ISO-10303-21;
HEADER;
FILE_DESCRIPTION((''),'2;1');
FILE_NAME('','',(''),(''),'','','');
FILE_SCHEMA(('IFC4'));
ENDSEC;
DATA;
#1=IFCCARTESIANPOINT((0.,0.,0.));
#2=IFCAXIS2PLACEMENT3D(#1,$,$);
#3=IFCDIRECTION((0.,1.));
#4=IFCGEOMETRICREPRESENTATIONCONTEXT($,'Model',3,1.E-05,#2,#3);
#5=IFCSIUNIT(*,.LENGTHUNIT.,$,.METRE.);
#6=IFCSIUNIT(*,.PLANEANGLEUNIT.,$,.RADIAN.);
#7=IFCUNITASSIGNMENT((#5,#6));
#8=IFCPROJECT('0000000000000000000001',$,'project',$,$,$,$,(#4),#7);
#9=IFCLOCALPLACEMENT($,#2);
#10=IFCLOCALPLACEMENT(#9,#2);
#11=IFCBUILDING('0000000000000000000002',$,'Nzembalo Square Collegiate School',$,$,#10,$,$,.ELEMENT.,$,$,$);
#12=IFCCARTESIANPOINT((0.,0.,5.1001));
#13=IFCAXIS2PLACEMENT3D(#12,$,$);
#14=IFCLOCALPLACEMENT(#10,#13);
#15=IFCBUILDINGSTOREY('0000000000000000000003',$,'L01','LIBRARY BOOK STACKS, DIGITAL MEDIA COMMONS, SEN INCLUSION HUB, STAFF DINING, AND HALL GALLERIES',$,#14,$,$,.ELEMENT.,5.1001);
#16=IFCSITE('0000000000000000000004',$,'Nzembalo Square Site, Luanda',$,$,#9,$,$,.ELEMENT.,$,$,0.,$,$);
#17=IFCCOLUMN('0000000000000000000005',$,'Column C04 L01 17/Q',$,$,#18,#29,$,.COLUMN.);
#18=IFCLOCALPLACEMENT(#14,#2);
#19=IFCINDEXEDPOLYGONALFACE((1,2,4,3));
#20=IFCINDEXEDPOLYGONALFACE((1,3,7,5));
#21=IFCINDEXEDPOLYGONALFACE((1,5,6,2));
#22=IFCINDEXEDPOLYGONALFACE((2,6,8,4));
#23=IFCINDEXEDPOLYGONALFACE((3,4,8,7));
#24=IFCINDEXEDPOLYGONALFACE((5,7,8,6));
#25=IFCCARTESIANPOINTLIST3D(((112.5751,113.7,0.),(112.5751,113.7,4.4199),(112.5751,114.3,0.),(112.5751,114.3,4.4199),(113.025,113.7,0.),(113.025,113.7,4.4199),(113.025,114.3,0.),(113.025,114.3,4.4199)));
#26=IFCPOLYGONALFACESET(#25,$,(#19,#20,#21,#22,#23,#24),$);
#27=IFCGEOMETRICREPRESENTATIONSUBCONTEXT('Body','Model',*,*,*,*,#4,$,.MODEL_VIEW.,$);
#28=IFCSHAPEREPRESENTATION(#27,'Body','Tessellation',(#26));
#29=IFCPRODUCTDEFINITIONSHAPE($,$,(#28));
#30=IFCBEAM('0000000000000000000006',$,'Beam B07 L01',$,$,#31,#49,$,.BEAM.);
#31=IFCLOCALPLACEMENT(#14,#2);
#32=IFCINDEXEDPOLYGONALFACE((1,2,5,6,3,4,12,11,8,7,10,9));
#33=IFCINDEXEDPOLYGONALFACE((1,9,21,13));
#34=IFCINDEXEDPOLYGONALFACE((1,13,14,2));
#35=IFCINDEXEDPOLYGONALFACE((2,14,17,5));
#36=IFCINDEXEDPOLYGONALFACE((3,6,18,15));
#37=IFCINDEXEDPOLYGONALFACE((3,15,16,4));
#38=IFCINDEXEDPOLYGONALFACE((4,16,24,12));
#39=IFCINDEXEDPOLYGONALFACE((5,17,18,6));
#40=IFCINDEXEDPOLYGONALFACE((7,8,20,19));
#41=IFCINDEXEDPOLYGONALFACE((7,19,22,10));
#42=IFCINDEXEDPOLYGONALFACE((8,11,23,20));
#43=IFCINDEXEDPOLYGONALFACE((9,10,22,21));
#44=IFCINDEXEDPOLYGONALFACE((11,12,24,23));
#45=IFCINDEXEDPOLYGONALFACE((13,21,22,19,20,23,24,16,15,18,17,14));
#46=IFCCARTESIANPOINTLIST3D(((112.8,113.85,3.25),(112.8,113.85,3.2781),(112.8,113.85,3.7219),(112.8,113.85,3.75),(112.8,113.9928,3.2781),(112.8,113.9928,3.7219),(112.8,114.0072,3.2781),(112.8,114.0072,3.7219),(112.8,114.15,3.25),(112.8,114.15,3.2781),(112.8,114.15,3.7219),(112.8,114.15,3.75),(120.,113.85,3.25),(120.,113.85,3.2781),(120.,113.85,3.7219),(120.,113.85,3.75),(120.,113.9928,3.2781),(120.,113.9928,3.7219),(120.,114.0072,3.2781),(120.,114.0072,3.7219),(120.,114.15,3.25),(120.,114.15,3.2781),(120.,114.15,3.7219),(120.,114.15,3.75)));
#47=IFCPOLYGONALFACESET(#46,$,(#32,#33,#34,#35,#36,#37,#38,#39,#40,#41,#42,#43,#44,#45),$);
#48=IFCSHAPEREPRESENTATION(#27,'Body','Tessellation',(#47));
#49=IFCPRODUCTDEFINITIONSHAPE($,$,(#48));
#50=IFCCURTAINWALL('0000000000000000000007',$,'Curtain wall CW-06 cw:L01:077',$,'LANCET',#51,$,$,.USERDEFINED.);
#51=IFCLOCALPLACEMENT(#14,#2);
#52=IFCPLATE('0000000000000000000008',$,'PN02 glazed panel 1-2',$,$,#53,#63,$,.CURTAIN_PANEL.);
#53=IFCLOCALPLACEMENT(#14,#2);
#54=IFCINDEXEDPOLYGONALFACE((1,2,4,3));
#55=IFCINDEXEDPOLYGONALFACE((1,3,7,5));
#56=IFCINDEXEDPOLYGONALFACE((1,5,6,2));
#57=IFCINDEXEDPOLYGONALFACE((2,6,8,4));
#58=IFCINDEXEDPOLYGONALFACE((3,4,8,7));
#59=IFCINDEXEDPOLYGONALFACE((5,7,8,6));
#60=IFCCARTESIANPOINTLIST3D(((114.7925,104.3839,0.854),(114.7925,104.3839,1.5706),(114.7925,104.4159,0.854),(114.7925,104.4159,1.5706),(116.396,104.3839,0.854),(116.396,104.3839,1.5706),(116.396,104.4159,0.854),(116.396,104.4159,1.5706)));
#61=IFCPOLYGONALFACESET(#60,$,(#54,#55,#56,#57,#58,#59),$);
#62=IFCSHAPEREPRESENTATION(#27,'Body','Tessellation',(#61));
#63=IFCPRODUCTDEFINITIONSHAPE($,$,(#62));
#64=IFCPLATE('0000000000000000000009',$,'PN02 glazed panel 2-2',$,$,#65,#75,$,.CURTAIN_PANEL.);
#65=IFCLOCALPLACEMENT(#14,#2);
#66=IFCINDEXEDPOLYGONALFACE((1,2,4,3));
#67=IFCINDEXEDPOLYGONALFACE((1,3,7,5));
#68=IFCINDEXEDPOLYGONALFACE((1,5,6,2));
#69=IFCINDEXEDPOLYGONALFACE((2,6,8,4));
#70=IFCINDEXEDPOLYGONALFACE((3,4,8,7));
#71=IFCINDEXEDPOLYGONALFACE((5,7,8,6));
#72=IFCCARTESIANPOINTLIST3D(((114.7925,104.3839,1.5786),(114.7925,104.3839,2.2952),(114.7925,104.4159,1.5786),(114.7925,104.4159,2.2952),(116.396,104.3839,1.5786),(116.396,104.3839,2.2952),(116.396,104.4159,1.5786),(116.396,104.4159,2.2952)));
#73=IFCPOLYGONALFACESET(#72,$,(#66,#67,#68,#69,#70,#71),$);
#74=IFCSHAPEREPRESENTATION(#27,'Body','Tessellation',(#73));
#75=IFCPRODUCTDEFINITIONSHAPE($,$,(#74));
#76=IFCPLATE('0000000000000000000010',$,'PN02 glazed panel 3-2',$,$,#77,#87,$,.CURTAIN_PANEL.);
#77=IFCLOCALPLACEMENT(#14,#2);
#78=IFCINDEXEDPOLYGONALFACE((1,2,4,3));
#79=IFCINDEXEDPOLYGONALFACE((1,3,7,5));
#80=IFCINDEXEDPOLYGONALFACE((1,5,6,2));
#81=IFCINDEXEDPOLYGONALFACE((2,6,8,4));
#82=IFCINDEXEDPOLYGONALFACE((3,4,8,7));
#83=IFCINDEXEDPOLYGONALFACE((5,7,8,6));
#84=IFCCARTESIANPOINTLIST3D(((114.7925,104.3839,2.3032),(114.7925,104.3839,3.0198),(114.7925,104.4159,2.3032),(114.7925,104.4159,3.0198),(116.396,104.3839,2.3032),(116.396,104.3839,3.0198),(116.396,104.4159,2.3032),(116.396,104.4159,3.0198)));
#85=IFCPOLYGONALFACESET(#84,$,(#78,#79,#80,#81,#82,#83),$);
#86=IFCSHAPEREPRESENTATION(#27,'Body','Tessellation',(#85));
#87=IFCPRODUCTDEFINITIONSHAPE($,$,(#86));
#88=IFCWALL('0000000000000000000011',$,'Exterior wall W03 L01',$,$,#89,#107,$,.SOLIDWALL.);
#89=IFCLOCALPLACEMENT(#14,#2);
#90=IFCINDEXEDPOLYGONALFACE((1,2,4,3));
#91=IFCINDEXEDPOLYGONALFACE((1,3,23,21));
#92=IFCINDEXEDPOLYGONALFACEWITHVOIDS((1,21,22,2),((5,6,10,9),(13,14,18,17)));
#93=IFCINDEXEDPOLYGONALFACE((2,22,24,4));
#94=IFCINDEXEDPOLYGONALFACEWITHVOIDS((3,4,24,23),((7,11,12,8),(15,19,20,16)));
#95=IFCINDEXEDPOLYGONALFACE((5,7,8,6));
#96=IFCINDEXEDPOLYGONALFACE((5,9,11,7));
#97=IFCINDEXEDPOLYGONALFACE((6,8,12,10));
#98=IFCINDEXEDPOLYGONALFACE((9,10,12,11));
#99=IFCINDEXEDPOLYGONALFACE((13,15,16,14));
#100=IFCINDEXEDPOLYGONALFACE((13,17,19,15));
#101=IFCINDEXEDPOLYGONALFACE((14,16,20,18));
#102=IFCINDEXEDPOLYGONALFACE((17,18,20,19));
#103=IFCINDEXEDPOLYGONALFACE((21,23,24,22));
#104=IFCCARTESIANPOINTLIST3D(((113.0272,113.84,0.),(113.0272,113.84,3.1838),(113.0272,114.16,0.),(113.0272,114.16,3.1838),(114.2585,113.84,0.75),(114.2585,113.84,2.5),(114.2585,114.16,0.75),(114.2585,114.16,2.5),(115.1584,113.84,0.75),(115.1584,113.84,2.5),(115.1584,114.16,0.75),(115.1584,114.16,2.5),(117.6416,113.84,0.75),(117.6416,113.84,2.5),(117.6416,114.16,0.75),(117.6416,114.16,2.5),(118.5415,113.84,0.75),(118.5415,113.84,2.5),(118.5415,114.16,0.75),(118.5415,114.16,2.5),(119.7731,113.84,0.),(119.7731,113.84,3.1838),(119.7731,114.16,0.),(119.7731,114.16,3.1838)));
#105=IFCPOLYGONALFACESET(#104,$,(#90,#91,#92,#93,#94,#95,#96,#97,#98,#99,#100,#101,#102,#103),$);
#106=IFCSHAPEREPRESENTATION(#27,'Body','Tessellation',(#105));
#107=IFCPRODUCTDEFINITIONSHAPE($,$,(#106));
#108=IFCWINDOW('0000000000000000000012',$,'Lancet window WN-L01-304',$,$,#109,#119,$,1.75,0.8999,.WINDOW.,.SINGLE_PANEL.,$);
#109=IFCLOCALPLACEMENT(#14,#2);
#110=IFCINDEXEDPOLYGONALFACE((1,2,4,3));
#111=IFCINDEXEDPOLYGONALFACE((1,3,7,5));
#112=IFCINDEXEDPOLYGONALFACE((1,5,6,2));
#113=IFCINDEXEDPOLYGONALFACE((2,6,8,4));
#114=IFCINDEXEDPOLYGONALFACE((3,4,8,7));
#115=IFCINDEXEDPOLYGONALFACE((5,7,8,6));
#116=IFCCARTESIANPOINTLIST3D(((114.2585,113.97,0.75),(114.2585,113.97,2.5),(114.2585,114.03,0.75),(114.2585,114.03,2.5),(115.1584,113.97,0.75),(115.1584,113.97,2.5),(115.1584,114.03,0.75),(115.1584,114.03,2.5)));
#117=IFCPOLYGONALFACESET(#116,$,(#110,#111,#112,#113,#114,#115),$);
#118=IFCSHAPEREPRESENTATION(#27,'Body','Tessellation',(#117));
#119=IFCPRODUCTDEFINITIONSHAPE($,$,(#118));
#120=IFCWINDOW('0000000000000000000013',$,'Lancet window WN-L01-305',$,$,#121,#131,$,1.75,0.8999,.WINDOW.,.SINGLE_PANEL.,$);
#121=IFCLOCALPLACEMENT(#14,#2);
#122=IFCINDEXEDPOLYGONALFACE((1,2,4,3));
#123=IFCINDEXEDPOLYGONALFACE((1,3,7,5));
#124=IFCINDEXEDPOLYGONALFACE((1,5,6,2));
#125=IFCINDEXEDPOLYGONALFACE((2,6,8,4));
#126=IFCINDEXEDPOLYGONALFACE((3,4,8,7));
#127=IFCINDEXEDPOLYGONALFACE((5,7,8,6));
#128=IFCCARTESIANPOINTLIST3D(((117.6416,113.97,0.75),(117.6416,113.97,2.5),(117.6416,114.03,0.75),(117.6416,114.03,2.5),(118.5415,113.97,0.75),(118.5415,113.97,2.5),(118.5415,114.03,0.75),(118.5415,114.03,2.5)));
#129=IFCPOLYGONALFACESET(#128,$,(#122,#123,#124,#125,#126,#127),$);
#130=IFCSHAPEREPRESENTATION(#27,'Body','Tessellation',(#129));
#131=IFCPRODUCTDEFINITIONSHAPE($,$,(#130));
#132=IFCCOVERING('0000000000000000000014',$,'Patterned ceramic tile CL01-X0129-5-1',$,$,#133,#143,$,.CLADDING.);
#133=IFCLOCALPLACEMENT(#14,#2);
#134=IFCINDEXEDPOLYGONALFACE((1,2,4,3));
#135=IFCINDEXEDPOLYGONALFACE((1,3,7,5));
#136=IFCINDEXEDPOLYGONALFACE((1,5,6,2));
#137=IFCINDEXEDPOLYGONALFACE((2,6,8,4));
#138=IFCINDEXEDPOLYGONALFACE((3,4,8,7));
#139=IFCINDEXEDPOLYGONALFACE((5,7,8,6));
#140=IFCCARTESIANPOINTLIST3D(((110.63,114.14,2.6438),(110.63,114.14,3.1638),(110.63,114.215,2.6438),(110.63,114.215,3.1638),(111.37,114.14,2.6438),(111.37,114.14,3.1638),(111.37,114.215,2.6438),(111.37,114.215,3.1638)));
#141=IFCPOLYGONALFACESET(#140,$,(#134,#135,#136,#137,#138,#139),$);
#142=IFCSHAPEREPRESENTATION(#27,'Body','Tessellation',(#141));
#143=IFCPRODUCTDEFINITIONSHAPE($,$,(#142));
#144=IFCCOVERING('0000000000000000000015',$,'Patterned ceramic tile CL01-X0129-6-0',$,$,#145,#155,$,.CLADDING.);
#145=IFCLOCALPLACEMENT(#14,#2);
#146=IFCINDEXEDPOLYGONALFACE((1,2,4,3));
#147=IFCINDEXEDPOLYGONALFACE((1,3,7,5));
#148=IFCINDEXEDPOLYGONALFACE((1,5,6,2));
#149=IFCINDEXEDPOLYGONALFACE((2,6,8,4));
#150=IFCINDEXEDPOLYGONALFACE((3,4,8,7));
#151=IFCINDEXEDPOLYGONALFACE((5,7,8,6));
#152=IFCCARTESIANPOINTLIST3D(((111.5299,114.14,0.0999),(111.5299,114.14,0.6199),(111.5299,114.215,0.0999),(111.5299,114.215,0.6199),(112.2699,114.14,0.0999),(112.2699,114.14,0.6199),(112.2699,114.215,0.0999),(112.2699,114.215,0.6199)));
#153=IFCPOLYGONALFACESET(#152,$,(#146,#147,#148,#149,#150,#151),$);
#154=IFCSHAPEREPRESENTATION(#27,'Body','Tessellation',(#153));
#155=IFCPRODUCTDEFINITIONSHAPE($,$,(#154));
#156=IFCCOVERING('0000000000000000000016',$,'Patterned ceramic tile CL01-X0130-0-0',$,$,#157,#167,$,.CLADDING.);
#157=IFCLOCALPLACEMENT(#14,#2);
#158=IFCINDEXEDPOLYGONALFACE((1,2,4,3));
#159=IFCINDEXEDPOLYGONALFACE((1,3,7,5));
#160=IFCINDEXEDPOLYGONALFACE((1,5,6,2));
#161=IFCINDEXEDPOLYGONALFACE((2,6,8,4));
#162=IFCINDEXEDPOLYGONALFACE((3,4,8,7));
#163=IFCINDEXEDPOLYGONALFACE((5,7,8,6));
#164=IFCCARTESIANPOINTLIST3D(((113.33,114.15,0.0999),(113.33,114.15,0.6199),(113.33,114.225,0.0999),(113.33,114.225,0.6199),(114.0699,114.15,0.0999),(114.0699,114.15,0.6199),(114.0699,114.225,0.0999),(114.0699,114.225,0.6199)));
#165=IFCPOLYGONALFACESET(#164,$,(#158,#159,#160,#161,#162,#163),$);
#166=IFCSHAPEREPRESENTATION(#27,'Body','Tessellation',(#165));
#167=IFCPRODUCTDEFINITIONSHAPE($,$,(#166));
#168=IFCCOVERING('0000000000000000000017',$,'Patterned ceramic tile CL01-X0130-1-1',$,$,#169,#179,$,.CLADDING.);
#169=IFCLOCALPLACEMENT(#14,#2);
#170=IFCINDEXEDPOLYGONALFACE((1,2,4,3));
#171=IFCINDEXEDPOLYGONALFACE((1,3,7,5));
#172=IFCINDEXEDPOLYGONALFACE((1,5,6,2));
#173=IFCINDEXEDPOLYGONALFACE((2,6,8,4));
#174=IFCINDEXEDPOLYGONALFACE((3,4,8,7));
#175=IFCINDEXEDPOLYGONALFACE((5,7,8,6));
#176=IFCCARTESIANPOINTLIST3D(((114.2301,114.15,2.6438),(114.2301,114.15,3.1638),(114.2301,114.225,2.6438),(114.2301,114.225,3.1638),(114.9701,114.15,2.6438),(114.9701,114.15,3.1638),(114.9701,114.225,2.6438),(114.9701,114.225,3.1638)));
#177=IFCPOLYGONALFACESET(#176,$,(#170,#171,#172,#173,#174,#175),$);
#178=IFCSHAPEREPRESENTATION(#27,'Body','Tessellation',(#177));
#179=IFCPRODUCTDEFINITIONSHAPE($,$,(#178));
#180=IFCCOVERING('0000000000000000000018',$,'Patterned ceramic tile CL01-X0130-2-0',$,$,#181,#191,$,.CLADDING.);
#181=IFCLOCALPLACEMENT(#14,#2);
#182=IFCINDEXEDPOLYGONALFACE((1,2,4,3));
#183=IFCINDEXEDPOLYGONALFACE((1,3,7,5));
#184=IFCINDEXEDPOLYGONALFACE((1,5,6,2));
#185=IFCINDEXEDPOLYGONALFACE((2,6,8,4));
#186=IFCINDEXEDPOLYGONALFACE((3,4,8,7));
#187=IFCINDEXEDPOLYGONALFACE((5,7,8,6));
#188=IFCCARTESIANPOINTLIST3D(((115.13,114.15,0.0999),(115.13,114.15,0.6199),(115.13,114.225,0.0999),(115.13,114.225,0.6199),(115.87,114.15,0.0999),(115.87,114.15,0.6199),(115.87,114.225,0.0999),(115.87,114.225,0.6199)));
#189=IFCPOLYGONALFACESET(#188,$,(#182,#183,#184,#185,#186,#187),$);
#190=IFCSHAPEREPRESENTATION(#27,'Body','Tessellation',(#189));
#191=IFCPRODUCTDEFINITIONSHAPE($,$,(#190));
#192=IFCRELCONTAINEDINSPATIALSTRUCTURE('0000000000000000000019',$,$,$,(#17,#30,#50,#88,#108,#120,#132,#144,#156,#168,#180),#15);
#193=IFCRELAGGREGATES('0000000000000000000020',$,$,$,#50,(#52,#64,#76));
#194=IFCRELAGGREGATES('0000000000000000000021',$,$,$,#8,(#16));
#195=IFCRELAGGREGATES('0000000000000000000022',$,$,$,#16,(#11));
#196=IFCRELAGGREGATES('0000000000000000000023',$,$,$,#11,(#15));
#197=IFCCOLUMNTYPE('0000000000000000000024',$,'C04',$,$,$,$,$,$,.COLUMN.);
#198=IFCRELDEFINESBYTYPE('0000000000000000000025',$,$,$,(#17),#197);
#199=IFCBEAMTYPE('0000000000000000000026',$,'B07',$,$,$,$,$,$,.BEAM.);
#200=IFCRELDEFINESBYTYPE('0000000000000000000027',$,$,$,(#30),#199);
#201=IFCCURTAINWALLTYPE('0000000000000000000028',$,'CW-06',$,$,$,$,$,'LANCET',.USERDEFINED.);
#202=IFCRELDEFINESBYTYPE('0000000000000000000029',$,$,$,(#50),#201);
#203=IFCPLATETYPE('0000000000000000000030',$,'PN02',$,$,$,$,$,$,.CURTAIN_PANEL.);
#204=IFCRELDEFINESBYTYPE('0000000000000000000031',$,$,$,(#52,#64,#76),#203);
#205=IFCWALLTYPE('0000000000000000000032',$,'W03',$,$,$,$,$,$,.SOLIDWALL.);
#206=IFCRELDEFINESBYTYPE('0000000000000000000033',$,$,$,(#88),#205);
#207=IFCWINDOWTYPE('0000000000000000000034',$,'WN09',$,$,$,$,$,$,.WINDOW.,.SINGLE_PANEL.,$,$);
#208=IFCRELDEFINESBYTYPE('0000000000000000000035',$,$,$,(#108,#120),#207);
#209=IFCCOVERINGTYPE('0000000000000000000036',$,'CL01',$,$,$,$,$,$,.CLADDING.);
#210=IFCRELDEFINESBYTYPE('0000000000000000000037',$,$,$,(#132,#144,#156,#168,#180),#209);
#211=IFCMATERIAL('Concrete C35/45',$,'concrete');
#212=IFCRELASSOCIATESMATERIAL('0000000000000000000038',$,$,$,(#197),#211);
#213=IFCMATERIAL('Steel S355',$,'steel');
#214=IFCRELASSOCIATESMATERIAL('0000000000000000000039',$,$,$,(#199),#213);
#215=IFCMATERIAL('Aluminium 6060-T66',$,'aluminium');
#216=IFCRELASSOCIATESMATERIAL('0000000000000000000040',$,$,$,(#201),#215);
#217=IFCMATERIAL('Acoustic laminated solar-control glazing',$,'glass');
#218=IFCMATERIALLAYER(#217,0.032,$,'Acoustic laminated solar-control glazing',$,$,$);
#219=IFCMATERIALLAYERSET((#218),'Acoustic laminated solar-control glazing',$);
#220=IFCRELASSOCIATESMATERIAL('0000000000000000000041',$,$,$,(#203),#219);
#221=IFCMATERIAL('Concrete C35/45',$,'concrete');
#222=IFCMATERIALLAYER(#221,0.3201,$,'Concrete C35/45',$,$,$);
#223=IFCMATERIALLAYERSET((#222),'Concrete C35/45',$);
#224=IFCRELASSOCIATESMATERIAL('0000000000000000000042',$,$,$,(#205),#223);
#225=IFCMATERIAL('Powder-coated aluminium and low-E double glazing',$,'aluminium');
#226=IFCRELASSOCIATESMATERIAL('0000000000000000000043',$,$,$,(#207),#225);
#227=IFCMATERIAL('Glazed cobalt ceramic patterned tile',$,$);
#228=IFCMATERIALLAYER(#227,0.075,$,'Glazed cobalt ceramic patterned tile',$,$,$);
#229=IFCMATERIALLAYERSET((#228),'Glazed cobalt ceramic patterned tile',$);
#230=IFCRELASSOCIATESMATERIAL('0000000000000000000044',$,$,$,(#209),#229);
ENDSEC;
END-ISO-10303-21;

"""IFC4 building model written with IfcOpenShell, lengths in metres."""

from ifc_helpers import new_model, si_unit, direction, frame, frame_2d, origin, origin_2d, place, context, subcontext, project, spatial, rectangle, i_section, extrude, material, layer, layer_set, material_profile, profile_set, type_object, element, fill, aggregate, save


model = new_model("IFC4")

# Units and contexts
model_context = context("Model", 3, precision=1e-05, world=origin(), true_north=direction((0.0, 1.0)))
body_context = subcontext(model_context, "Body", "Model", "MODEL_VIEW")
ifc_project = project(units=[si_unit("LENGTHUNIT", "METRE"), si_unit("PLANEANGLEUNIT", "RADIAN")], contexts=[model_context])

# Site, building, storey
site_placement = place(None, origin())
site = spatial("IfcSite", under=ifc_project, at=site_placement, Name="Nzembalo Square Site, Luanda", CompositionType="ELEMENT", RefElevation=0.0)
building_placement = place(site_placement, origin())
building = spatial("IfcBuilding", under=site, at=building_placement, Name="Nzembalo Square Collegiate School", CompositionType="ELEMENT")
storey_placement = place(building_placement, frame((0.0, 0.0, 5.1001)))
storey = spatial("IfcBuildingStorey", under=building, at=storey_placement, Name="L01", Description="LIBRARY BOOK STACKS, DIGITAL MEDIA COMMONS, SEN INCLUSION HUB, STAFF DINING, AND HALL GALLERIES", CompositionType="ELEMENT", Elevation=5.1001)

# Column
ifc_material_1 = material(Name="Concrete C35/45", Category="concrete")
ifc_material_profile_1 = material_profile(ifc_material_1, rectangle(XDim=0.45, YDim=0.6001, at=origin_2d()), Name="RC 450x600")
ifc_profile_set_1 = profile_set([ifc_material_profile_1], Name="Concrete C35/45")
column_type = type_object("IfcColumnType", Name="C04", PredefinedType="COLUMN", material=ifc_profile_set_1)
column_placement = place(storey_placement, frame((112.8, 114.0, 0.0), z_axis=(0.0, 0.0, 1.0), x_axis=(1.0, 0.0, 0.0)))
element("IfcColumn", 1, at=column_placement, inside=storey, type_object=column_type, Name="Column C04 L01 17/Q", PredefinedType="COLUMN", context=body_context, shape_type="SweptSolid", body=[
    extrude(rectangle(XDim=0.45, YDim=0.6001, at=origin_2d()), origin(), (0.0, 0.0, 1.0), 4.4199),
])

# Beam
ifc_material_2 = material(Name="Steel S355", Category="steel")
ifc_material_profile_2 = material_profile(ifc_material_2, i_section(OverallWidth=0.3, OverallDepth=0.5, WebThickness=0.0144, FlangeThickness=0.0281, at=origin_2d()), Name="HEB 500")
ifc_profile_set_2 = profile_set([ifc_material_profile_2], Name="Steel S355")
beam_type = type_object("IfcBeamType", Name="B07", PredefinedType="BEAM", material=ifc_profile_set_2)
beam_placement = place(storey_placement, frame((112.8, 114.0, 3.5), z_axis=(1.0, 0.0, 0.0), x_axis=(0.0, 1.0, 0.0)))
element("IfcBeam", 2, at=beam_placement, inside=storey, type_object=beam_type, Name="Beam B07 L01", PredefinedType="BEAM", context=body_context, shape_type="SweptSolid", body=[
    extrude(i_section(OverallWidth=0.3, OverallDepth=0.5, WebThickness=0.0144, FlangeThickness=0.0281, at=origin_2d()), origin(), (0.0, 0.0, 1.0), 7.2),
])

# Curtain wall, plates
ifc_material_3 = material(Name="Aluminium 6060-T66", Category="aluminium")
curtain_wall_type = type_object("IfcCurtainWallType", Name="CW-06", ElementType="LANCET", PredefinedType="USERDEFINED", material=ifc_material_3)
curtain_wall_placement = place(storey_placement, origin())
curtain_wall = element("IfcCurtainWall", 3, at=curtain_wall_placement, inside=storey, type_object=curtain_wall_type, Name="Curtain wall CW-06 cw:L01:077", ObjectType="LANCET", PredefinedType="USERDEFINED")
ifc_material_4 = material(Name="Acoustic laminated solar-control glazing", Category="glass")
ifc_layer_1 = layer(ifc_material_4, 0.032, Name="Acoustic laminated solar-control glazing")
ifc_layer_set_1 = layer_set([ifc_layer_1], Name="Acoustic laminated solar-control glazing")
plate_type = type_object("IfcPlateType", Name="PN02", PredefinedType="CURTAIN_PANEL", material=ifc_layer_set_1)
plate_1_placement = place(storey_placement, frame((115.5942, 104.3999, 0.854), z_axis=(0.0, 0.0, 1.0), x_axis=(1.0, 0.0, 0.0)))
plate_1 = element("IfcPlate", 4, at=plate_1_placement, type_object=plate_type, Name="PN02 glazed panel 1-2", PredefinedType="CURTAIN_PANEL", context=body_context, shape_type="SweptSolid", body=[
    extrude(rectangle(XDim=1.6035, YDim=0.032, at=origin_2d()), origin(), (0.0, 0.0, 1.0), 0.7166),
])
plate_2_placement = place(storey_placement, frame((115.5942, 104.3999, 1.5786), z_axis=(0.0, 0.0, 1.0), x_axis=(1.0, 0.0, 0.0)))
plate_2 = element("IfcPlate", 5, at=plate_2_placement, type_object=plate_type, Name="PN02 glazed panel 2-2", PredefinedType="CURTAIN_PANEL", context=body_context, shape_type="SweptSolid", body=[
    extrude(rectangle(XDim=1.6035, YDim=0.032, at=origin_2d()), origin(), (0.0, 0.0, 1.0), 0.7166),
])
plate_3_placement = place(storey_placement, frame((115.5942, 104.3999, 2.3032), z_axis=(0.0, 0.0, 1.0), x_axis=(1.0, 0.0, 0.0)))
plate_3 = element("IfcPlate", 6, at=plate_3_placement, type_object=plate_type, Name="PN02 glazed panel 3-2", PredefinedType="CURTAIN_PANEL", context=body_context, shape_type="SweptSolid", body=[
    extrude(rectangle(XDim=1.6035, YDim=0.032, at=origin_2d()), origin(), (0.0, 0.0, 1.0), 0.7166),
])
aggregate(curtain_wall, [plate_1, plate_2, plate_3])

# Wall, openings, windows
ifc_material_5 = material(Name="Concrete C35/45", Category="concrete")
ifc_layer_2 = layer(ifc_material_5, 0.3201, Name="Concrete C35/45")
ifc_layer_set_2 = layer_set([ifc_layer_2], Name="Concrete C35/45")
wall_type = type_object("IfcWallType", Name="W03", PredefinedType="SOLIDWALL", material=ifc_layer_set_2)
wall_placement = place(storey_placement, frame((113.0271, 114.0, 0.0), z_axis=(0.0, 0.0, 1.0), x_axis=(1.0, 0.0, 0.0)))
wall = element("IfcWall", 7, at=wall_placement, inside=storey, type_object=wall_type, Name="Exterior wall W03 L01", PredefinedType="SOLIDWALL", context=body_context, shape_type="SweptSolid", body=[
    extrude(rectangle(XDim=6.7458, YDim=0.3201, at=frame_2d((3.373, 0.0))), origin(), (0.0, 0.0, 1.0), 3.1838),
])
opening_1_placement = place(wall_placement, frame((1.2314, 0.0, 0.75)))
opening_1 = element("IfcOpeningElement", 8, at=opening_1_placement, cuts=wall, PredefinedType="OPENING", context=body_context, shape_type="SweptSolid", body=[
    extrude(rectangle(XDim=0.8999, YDim=1.75, at=frame_2d((0.45, 0.875))), frame((0.0, 0.1699, 0.0), z_axis=(0.0, -1.0, 0.0), x_axis=(1.0, 0.0, 0.0)), (0.0, 0.0, 1.0), 0.3401),
])
opening_2_placement = place(wall_placement, frame((4.6145, 0.0, 0.75)))
opening_2 = element("IfcOpeningElement", 9, at=opening_2_placement, cuts=wall, PredefinedType="OPENING", context=body_context, shape_type="SweptSolid", body=[
    extrude(rectangle(XDim=0.8999, YDim=1.75, at=frame_2d((0.45, 0.875))), frame((0.0, 0.1699, 0.0), z_axis=(0.0, -1.0, 0.0), x_axis=(1.0, 0.0, 0.0)), (0.0, 0.0, 1.0), 0.3401),
])
ifc_material_6 = material(Name="Powder-coated aluminium and low-E double glazing", Category="aluminium")
window_type = type_object("IfcWindowType", Name="WN09", PartitioningType="SINGLE_PANEL", PredefinedType="WINDOW", material=ifc_material_6)
window_1_placement = place(opening_1_placement, origin())
window_1 = element("IfcWindow", 10, at=window_1_placement, inside=storey, type_object=window_type, Name="Lancet window WN-L01-304", OverallHeight=1.75, OverallWidth=0.8999, PartitioningType="SINGLE_PANEL", PredefinedType="WINDOW", context=body_context, shape_type="SweptSolid", body=[
    extrude(rectangle(XDim=0.8999, YDim=1.75, at=frame_2d((0.45, 0.875))), frame((0.0, 0.03, 0.0), z_axis=(0.0, -1.0, 0.0), x_axis=(1.0, 0.0, 0.0)), (0.0, 0.0, 1.0), 0.0601),
])
fill(opening_1, window_1)
window_2_placement = place(opening_2_placement, origin())
window_2 = element("IfcWindow", 11, at=window_2_placement, inside=storey, type_object=window_type, Name="Lancet window WN-L01-305", OverallHeight=1.75, OverallWidth=0.8999, PartitioningType="SINGLE_PANEL", PredefinedType="WINDOW", context=body_context, shape_type="SweptSolid", body=[
    extrude(rectangle(XDim=0.8999, YDim=1.75, at=frame_2d((0.45, 0.875))), frame((0.0, 0.03, 0.0), z_axis=(0.0, -1.0, 0.0), x_axis=(1.0, 0.0, 0.0)), (0.0, 0.0, 1.0), 0.0601),
])
fill(opening_2, window_2)

# Coverings
ifc_material_7 = material(Name="Glazed cobalt ceramic patterned tile")
ifc_layer_3 = layer(ifc_material_7, 0.075, Name="Glazed cobalt ceramic patterned tile")
ifc_layer_set_3 = layer_set([ifc_layer_3], Name="Glazed cobalt ceramic patterned tile")
covering_type_1 = type_object("IfcCoveringType", Name="CL01", PredefinedType="CLADDING", material=ifc_layer_set_3)
for number, where, z_axis, x_axis, name in (
    (12, (111.0, 114.1775, 2.6438), (0.0, 0.0, 1.0), (1.0, 0.0, 0.0), "Patterned ceramic tile CL01-X0129-5-1"),
    (13, (111.8999, 114.1775, 0.0999), (0.0, 0.0, 1.0), (1.0, 0.0, 0.0), "Patterned ceramic tile CL01-X0129-6-0"),
    (14, (113.7, 114.1875, 0.0999), (0.0, 0.0, 1.0), (1.0, 0.0, 0.0), "Patterned ceramic tile CL01-X0130-0-0"),
    (15, (114.6001, 114.1875, 2.6438), (0.0, 0.0, 1.0), (1.0, 0.0, 0.0), "Patterned ceramic tile CL01-X0130-1-1"),
    (16, (115.5, 114.1875, 0.0999), (0.0, 0.0, 1.0), (1.0, 0.0, 0.0), "Patterned ceramic tile CL01-X0130-2-0"),
):
    element("IfcCovering", number, at=place(storey_placement, frame(where, z_axis=z_axis, x_axis=x_axis)), inside=storey, type_object=covering_type_1, Name=name, PredefinedType="CLADDING", context=body_context, shape_type="SweptSolid", body=[
        extrude(rectangle(XDim=0.74, YDim=0.075, at=origin_2d()), origin(), (0.0, 0.0, 1.0), 0.52),
    ])

save(model, "model.ifc")
